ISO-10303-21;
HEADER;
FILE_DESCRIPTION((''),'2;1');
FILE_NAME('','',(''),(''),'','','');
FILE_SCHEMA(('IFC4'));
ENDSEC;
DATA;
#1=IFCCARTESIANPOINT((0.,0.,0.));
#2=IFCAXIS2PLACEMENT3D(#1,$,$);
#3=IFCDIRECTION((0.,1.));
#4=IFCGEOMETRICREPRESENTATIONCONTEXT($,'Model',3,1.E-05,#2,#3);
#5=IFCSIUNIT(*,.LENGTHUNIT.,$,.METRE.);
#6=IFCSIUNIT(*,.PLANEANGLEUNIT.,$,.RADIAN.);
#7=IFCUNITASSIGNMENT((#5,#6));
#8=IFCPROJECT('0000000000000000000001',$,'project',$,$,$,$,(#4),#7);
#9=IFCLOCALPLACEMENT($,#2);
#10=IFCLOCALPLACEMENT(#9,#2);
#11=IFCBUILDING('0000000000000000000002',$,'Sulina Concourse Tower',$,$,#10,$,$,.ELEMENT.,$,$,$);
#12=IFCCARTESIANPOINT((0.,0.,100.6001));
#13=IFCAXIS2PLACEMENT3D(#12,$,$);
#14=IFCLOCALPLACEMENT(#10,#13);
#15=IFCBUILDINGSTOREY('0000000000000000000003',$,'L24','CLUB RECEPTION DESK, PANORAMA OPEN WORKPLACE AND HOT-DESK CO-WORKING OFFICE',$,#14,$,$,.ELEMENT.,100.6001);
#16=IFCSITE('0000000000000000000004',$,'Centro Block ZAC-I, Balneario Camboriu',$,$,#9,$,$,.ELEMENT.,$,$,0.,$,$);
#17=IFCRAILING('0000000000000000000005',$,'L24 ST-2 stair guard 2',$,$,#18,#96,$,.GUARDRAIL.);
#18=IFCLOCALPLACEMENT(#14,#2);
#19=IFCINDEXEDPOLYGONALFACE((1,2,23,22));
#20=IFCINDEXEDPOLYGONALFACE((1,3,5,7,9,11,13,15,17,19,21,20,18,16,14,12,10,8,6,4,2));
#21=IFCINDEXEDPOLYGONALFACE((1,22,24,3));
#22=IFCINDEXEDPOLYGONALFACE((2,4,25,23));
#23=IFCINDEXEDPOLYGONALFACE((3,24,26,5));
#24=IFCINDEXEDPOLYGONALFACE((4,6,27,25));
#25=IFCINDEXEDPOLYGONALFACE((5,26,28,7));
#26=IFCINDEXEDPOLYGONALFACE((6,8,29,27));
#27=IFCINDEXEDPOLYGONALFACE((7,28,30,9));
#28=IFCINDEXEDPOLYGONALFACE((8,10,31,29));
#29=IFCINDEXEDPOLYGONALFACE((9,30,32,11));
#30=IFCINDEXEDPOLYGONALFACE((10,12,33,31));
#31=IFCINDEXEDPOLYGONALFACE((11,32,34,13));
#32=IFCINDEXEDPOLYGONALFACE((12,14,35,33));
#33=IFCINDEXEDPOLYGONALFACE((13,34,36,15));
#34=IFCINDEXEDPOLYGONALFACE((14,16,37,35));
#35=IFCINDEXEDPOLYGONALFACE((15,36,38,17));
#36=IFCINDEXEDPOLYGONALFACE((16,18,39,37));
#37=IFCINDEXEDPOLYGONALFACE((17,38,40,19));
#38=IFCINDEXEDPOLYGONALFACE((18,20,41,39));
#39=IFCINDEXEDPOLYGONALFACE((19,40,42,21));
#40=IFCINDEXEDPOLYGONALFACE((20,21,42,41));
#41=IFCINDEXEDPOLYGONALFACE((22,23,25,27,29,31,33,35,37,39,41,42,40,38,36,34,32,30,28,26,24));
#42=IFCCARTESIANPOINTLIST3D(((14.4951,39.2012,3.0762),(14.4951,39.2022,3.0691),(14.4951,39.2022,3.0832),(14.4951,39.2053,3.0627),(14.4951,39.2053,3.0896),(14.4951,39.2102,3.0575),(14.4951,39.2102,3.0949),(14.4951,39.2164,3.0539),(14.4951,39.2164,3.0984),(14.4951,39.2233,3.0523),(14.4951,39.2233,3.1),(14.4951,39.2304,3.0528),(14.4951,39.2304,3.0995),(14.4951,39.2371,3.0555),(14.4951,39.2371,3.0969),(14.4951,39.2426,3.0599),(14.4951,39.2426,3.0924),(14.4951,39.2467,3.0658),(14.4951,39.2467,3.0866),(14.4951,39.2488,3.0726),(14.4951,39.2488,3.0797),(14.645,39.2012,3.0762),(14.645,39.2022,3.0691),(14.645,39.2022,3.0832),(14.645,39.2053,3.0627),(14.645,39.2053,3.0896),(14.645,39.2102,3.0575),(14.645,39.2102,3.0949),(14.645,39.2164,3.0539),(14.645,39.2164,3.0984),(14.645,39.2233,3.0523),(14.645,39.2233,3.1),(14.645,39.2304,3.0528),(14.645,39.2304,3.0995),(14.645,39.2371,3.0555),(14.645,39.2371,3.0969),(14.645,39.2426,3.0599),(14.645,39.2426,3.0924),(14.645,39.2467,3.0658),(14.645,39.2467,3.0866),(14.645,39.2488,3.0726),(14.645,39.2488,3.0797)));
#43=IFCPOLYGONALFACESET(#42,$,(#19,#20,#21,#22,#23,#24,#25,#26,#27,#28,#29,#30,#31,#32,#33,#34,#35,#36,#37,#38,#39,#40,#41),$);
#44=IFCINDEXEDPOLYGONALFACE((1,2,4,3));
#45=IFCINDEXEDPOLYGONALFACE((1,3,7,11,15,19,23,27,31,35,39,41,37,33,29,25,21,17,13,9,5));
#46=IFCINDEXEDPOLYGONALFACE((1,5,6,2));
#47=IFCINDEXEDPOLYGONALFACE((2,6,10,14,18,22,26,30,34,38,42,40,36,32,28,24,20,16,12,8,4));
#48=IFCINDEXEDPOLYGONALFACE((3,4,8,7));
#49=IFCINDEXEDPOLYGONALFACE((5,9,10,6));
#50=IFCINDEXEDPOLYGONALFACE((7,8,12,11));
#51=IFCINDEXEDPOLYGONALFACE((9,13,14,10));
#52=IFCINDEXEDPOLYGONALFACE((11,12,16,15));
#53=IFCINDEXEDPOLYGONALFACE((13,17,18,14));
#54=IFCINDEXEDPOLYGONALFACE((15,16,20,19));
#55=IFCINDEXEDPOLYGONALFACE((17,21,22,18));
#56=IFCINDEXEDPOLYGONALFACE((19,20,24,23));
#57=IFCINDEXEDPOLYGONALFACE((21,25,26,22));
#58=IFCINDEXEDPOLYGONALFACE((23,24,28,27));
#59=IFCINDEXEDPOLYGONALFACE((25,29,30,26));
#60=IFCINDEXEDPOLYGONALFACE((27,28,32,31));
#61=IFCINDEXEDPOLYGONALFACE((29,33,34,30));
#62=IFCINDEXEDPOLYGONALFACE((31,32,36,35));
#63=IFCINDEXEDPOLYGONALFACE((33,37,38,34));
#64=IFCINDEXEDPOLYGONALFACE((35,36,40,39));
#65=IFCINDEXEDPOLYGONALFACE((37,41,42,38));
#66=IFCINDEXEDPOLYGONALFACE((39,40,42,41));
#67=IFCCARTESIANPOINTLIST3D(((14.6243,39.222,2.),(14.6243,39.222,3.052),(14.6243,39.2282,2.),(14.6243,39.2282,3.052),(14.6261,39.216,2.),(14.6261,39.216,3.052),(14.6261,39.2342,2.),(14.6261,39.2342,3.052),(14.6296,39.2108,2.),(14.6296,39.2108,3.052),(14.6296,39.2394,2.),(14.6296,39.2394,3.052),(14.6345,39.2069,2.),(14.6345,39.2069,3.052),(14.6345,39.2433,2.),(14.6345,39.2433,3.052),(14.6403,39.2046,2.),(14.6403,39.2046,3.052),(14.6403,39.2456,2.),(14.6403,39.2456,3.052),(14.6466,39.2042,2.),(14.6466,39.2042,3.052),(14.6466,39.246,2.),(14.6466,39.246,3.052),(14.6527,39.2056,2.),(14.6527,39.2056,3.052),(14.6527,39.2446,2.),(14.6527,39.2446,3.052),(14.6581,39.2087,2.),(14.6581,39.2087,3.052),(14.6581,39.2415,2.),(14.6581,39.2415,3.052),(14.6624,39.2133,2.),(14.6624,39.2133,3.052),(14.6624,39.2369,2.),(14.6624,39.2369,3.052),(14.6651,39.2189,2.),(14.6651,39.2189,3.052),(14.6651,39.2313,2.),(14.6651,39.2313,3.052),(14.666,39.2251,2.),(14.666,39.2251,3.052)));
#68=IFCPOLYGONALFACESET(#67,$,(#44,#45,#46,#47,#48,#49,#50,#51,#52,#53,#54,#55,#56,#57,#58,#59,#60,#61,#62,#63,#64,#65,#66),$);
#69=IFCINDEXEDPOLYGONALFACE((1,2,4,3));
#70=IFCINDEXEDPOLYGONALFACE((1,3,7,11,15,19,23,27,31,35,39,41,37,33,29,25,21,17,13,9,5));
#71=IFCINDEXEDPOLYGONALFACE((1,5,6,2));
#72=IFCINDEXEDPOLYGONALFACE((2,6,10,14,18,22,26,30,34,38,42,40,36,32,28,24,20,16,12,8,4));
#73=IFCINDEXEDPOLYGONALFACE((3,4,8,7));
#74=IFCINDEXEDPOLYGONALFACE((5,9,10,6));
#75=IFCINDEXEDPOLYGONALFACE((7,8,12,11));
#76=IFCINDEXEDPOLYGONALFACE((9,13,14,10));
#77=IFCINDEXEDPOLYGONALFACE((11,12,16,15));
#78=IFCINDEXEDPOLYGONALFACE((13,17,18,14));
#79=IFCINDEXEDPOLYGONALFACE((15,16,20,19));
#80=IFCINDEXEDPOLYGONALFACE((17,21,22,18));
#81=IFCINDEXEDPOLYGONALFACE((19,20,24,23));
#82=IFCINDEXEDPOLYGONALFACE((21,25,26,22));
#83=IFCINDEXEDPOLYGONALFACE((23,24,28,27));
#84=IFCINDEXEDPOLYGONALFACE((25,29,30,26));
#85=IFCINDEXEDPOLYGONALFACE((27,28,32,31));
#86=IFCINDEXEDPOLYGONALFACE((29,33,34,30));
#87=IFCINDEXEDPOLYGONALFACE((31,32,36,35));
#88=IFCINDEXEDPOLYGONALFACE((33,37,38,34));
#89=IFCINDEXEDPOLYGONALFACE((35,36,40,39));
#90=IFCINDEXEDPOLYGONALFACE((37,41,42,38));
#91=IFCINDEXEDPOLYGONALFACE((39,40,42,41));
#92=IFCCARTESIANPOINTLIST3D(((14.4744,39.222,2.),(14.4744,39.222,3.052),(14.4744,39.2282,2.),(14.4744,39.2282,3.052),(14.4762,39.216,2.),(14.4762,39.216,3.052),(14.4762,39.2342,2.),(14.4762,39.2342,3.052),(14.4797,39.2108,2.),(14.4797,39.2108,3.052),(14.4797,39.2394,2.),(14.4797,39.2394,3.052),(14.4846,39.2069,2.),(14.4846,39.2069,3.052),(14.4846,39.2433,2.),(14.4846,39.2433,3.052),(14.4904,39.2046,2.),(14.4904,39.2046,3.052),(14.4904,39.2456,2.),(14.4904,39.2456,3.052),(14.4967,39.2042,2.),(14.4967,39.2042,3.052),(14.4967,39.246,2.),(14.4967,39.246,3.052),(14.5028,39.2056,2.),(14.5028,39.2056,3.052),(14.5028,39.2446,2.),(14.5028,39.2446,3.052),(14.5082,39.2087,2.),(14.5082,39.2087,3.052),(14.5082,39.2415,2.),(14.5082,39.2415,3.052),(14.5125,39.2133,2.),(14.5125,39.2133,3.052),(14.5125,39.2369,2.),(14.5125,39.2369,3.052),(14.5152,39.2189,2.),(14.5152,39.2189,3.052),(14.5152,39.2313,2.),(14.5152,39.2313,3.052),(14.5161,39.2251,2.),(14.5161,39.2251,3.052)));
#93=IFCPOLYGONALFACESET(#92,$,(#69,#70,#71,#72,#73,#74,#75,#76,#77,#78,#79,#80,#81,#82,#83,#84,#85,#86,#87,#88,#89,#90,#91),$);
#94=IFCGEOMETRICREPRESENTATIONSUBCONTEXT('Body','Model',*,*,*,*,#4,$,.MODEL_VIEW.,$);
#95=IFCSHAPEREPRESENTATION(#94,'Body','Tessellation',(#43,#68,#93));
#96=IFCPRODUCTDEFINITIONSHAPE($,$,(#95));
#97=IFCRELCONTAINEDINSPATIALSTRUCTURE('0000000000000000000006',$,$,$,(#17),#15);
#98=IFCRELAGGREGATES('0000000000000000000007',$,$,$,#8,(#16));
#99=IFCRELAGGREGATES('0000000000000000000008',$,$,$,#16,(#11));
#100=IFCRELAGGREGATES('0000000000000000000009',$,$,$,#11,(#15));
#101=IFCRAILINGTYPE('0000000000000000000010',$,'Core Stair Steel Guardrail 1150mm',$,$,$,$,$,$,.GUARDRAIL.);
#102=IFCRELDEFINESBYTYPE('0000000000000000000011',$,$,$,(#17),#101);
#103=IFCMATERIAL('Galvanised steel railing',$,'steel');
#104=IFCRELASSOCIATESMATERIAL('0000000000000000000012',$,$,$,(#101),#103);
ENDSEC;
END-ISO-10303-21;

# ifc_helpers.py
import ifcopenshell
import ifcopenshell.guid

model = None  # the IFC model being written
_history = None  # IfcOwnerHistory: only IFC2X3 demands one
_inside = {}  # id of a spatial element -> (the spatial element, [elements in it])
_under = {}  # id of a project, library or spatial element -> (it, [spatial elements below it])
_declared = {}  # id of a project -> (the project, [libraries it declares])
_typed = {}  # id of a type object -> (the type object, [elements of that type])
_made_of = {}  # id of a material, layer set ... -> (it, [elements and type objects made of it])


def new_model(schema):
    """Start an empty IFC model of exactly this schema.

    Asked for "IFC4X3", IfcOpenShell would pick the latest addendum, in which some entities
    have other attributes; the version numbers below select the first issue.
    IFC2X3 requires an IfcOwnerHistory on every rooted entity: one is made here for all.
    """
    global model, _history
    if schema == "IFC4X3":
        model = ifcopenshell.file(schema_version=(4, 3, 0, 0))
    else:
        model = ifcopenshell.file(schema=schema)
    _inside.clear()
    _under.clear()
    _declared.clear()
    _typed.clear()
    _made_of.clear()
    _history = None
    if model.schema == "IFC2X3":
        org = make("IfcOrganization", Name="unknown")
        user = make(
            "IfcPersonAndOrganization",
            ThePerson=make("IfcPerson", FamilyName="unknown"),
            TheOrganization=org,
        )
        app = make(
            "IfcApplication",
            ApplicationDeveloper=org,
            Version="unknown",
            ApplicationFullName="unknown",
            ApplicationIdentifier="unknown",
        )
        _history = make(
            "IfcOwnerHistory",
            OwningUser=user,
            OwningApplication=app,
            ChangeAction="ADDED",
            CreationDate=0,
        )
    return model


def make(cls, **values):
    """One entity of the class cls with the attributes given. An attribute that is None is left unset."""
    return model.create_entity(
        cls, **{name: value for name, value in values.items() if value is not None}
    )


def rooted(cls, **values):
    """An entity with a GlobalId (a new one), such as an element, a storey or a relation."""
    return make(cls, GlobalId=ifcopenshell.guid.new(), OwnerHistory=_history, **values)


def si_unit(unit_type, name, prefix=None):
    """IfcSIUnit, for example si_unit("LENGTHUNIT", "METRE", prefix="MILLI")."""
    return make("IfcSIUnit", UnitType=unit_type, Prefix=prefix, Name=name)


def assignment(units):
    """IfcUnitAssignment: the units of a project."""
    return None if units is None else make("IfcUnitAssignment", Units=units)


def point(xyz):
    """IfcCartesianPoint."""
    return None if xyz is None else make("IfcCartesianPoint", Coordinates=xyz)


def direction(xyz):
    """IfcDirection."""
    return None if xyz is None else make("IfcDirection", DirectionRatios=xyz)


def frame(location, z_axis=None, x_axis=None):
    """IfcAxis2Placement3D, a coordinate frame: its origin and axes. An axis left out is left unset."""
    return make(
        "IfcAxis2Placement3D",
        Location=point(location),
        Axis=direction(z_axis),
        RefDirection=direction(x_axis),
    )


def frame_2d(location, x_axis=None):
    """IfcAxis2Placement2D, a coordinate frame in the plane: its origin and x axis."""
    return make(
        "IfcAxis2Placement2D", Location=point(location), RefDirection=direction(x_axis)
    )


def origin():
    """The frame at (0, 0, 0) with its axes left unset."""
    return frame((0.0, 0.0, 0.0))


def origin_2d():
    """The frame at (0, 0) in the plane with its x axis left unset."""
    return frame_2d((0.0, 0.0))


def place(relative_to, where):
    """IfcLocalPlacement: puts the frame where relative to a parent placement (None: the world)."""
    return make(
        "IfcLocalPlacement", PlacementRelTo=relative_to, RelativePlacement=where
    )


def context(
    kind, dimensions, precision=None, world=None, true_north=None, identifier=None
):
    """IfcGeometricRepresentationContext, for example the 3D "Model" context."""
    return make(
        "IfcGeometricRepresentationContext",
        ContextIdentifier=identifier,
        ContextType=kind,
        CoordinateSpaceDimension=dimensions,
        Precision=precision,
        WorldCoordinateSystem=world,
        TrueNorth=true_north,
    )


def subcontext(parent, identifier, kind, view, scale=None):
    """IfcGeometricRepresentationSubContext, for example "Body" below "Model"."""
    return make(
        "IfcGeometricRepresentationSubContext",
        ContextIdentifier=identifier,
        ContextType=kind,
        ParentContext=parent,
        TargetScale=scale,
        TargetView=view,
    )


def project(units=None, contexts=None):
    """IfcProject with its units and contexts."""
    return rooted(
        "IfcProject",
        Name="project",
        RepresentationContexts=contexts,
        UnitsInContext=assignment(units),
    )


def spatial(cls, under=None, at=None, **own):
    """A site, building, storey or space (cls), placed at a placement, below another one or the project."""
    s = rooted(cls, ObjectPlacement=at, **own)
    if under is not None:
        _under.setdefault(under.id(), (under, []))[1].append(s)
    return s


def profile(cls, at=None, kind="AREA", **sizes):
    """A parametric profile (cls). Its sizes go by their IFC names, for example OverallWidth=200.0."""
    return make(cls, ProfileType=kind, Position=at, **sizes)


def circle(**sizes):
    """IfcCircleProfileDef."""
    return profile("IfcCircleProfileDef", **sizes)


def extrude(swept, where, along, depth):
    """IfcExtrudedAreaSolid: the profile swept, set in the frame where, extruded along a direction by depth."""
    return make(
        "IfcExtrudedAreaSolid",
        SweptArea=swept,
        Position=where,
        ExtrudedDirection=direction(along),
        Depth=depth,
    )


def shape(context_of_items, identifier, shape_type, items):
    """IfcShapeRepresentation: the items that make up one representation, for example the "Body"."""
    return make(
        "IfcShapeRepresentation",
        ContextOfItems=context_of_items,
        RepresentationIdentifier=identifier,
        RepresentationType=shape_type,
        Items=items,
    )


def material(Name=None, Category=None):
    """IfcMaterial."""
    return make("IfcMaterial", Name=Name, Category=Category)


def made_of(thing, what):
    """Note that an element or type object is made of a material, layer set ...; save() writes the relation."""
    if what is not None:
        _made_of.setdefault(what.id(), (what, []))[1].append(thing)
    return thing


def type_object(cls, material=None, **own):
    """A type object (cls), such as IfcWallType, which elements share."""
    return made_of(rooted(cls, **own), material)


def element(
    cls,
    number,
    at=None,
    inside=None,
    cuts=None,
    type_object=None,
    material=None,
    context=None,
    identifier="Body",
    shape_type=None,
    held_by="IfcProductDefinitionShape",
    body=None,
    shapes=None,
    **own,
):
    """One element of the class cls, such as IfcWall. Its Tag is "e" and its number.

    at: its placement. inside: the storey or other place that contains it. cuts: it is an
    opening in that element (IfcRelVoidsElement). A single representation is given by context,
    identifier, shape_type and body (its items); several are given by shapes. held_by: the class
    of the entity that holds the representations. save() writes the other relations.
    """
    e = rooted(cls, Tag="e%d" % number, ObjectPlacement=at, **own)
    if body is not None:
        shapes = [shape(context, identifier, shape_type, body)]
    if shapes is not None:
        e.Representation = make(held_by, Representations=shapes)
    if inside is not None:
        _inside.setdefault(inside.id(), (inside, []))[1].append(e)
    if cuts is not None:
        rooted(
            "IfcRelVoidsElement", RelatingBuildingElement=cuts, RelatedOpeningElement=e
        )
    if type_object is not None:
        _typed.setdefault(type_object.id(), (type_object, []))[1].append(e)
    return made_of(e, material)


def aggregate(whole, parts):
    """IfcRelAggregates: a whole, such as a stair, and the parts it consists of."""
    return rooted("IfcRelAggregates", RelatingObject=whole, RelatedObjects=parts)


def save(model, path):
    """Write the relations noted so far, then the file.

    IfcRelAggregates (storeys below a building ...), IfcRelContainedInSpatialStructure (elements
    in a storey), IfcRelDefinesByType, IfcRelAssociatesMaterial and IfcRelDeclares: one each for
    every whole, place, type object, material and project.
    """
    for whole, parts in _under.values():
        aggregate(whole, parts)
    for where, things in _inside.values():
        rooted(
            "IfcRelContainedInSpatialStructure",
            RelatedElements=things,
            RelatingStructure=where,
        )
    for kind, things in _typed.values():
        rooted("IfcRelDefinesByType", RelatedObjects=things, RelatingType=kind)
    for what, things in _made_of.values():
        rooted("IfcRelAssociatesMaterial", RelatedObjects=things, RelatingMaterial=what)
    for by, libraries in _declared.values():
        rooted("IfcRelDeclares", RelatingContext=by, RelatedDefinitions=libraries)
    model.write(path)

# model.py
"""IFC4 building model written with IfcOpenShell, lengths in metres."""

from ifc_helpers import new_model, si_unit, direction, frame, origin, origin_2d, place, context, subcontext, project, spatial, circle, extrude, material, type_object, element, save


model = new_model("IFC4")

# Units and contexts
model_context = context("Model", 3, precision=1e-05, world=origin(), true_north=direction((0.0, 1.0)))
body_context = subcontext(model_context, "Body", "Model", "MODEL_VIEW")
ifc_project = project(units=[si_unit("LENGTHUNIT", "METRE"), si_unit("PLANEANGLEUNIT", "RADIAN")], contexts=[model_context])

# Site, building, storey
site_placement = place(None, origin())
site = spatial("IfcSite", under=ifc_project, at=site_placement, Name="Centro Block ZAC-I, Balneario Camboriu", CompositionType="ELEMENT", RefElevation=0.0)
building_placement = place(site_placement, origin())
building = spatial("IfcBuilding", under=site, at=building_placement, Name="Sulina Concourse Tower", CompositionType="ELEMENT")
storey_placement = place(building_placement, frame((0.0, 0.0, 100.6001)))
storey = spatial("IfcBuildingStorey", under=building, at=storey_placement, Name="L24", Description="CLUB RECEPTION DESK, PANORAMA OPEN WORKPLACE AND HOT-DESK CO-WORKING OFFICE", CompositionType="ELEMENT", Elevation=100.6001)

# Railing
ifc_material_1 = material(Name="Galvanised steel railing", Category="steel")
railing_type_1 = type_object("IfcRailingType", Name="Core Stair Steel Guardrail 1150mm", PredefinedType="GUARDRAIL", material=ifc_material_1)
railing_1_placement = place(storey_placement, frame((14.645, 39.2251, 2.0)))
element("IfcRailing", 1, at=railing_1_placement, inside=storey, type_object=railing_type_1, Name="L24 ST-2 stair guard 2", PredefinedType="GUARDRAIL", context=body_context, shape_type="SweptSolid", body=[
    extrude(circle(Radius=0.0239, at=origin_2d()), frame((0.0, 0.0, 1.0762), z_axis=(-1.0, 0.0, 0.0), x_axis=(0.0, -1.0, 0.0)), (0.0, 0.0, 1.0), 0.1499),
    extrude(circle(Radius=0.021, at=origin_2d()), origin(), (0.0, 0.0, 1.0), 1.052),
    extrude(circle(Radius=0.021, at=origin_2d()), frame((-0.1499, 0.0, 0.0)), (0.0, 0.0, 1.0), 1.052),
])

save(model, "model.ifc")
